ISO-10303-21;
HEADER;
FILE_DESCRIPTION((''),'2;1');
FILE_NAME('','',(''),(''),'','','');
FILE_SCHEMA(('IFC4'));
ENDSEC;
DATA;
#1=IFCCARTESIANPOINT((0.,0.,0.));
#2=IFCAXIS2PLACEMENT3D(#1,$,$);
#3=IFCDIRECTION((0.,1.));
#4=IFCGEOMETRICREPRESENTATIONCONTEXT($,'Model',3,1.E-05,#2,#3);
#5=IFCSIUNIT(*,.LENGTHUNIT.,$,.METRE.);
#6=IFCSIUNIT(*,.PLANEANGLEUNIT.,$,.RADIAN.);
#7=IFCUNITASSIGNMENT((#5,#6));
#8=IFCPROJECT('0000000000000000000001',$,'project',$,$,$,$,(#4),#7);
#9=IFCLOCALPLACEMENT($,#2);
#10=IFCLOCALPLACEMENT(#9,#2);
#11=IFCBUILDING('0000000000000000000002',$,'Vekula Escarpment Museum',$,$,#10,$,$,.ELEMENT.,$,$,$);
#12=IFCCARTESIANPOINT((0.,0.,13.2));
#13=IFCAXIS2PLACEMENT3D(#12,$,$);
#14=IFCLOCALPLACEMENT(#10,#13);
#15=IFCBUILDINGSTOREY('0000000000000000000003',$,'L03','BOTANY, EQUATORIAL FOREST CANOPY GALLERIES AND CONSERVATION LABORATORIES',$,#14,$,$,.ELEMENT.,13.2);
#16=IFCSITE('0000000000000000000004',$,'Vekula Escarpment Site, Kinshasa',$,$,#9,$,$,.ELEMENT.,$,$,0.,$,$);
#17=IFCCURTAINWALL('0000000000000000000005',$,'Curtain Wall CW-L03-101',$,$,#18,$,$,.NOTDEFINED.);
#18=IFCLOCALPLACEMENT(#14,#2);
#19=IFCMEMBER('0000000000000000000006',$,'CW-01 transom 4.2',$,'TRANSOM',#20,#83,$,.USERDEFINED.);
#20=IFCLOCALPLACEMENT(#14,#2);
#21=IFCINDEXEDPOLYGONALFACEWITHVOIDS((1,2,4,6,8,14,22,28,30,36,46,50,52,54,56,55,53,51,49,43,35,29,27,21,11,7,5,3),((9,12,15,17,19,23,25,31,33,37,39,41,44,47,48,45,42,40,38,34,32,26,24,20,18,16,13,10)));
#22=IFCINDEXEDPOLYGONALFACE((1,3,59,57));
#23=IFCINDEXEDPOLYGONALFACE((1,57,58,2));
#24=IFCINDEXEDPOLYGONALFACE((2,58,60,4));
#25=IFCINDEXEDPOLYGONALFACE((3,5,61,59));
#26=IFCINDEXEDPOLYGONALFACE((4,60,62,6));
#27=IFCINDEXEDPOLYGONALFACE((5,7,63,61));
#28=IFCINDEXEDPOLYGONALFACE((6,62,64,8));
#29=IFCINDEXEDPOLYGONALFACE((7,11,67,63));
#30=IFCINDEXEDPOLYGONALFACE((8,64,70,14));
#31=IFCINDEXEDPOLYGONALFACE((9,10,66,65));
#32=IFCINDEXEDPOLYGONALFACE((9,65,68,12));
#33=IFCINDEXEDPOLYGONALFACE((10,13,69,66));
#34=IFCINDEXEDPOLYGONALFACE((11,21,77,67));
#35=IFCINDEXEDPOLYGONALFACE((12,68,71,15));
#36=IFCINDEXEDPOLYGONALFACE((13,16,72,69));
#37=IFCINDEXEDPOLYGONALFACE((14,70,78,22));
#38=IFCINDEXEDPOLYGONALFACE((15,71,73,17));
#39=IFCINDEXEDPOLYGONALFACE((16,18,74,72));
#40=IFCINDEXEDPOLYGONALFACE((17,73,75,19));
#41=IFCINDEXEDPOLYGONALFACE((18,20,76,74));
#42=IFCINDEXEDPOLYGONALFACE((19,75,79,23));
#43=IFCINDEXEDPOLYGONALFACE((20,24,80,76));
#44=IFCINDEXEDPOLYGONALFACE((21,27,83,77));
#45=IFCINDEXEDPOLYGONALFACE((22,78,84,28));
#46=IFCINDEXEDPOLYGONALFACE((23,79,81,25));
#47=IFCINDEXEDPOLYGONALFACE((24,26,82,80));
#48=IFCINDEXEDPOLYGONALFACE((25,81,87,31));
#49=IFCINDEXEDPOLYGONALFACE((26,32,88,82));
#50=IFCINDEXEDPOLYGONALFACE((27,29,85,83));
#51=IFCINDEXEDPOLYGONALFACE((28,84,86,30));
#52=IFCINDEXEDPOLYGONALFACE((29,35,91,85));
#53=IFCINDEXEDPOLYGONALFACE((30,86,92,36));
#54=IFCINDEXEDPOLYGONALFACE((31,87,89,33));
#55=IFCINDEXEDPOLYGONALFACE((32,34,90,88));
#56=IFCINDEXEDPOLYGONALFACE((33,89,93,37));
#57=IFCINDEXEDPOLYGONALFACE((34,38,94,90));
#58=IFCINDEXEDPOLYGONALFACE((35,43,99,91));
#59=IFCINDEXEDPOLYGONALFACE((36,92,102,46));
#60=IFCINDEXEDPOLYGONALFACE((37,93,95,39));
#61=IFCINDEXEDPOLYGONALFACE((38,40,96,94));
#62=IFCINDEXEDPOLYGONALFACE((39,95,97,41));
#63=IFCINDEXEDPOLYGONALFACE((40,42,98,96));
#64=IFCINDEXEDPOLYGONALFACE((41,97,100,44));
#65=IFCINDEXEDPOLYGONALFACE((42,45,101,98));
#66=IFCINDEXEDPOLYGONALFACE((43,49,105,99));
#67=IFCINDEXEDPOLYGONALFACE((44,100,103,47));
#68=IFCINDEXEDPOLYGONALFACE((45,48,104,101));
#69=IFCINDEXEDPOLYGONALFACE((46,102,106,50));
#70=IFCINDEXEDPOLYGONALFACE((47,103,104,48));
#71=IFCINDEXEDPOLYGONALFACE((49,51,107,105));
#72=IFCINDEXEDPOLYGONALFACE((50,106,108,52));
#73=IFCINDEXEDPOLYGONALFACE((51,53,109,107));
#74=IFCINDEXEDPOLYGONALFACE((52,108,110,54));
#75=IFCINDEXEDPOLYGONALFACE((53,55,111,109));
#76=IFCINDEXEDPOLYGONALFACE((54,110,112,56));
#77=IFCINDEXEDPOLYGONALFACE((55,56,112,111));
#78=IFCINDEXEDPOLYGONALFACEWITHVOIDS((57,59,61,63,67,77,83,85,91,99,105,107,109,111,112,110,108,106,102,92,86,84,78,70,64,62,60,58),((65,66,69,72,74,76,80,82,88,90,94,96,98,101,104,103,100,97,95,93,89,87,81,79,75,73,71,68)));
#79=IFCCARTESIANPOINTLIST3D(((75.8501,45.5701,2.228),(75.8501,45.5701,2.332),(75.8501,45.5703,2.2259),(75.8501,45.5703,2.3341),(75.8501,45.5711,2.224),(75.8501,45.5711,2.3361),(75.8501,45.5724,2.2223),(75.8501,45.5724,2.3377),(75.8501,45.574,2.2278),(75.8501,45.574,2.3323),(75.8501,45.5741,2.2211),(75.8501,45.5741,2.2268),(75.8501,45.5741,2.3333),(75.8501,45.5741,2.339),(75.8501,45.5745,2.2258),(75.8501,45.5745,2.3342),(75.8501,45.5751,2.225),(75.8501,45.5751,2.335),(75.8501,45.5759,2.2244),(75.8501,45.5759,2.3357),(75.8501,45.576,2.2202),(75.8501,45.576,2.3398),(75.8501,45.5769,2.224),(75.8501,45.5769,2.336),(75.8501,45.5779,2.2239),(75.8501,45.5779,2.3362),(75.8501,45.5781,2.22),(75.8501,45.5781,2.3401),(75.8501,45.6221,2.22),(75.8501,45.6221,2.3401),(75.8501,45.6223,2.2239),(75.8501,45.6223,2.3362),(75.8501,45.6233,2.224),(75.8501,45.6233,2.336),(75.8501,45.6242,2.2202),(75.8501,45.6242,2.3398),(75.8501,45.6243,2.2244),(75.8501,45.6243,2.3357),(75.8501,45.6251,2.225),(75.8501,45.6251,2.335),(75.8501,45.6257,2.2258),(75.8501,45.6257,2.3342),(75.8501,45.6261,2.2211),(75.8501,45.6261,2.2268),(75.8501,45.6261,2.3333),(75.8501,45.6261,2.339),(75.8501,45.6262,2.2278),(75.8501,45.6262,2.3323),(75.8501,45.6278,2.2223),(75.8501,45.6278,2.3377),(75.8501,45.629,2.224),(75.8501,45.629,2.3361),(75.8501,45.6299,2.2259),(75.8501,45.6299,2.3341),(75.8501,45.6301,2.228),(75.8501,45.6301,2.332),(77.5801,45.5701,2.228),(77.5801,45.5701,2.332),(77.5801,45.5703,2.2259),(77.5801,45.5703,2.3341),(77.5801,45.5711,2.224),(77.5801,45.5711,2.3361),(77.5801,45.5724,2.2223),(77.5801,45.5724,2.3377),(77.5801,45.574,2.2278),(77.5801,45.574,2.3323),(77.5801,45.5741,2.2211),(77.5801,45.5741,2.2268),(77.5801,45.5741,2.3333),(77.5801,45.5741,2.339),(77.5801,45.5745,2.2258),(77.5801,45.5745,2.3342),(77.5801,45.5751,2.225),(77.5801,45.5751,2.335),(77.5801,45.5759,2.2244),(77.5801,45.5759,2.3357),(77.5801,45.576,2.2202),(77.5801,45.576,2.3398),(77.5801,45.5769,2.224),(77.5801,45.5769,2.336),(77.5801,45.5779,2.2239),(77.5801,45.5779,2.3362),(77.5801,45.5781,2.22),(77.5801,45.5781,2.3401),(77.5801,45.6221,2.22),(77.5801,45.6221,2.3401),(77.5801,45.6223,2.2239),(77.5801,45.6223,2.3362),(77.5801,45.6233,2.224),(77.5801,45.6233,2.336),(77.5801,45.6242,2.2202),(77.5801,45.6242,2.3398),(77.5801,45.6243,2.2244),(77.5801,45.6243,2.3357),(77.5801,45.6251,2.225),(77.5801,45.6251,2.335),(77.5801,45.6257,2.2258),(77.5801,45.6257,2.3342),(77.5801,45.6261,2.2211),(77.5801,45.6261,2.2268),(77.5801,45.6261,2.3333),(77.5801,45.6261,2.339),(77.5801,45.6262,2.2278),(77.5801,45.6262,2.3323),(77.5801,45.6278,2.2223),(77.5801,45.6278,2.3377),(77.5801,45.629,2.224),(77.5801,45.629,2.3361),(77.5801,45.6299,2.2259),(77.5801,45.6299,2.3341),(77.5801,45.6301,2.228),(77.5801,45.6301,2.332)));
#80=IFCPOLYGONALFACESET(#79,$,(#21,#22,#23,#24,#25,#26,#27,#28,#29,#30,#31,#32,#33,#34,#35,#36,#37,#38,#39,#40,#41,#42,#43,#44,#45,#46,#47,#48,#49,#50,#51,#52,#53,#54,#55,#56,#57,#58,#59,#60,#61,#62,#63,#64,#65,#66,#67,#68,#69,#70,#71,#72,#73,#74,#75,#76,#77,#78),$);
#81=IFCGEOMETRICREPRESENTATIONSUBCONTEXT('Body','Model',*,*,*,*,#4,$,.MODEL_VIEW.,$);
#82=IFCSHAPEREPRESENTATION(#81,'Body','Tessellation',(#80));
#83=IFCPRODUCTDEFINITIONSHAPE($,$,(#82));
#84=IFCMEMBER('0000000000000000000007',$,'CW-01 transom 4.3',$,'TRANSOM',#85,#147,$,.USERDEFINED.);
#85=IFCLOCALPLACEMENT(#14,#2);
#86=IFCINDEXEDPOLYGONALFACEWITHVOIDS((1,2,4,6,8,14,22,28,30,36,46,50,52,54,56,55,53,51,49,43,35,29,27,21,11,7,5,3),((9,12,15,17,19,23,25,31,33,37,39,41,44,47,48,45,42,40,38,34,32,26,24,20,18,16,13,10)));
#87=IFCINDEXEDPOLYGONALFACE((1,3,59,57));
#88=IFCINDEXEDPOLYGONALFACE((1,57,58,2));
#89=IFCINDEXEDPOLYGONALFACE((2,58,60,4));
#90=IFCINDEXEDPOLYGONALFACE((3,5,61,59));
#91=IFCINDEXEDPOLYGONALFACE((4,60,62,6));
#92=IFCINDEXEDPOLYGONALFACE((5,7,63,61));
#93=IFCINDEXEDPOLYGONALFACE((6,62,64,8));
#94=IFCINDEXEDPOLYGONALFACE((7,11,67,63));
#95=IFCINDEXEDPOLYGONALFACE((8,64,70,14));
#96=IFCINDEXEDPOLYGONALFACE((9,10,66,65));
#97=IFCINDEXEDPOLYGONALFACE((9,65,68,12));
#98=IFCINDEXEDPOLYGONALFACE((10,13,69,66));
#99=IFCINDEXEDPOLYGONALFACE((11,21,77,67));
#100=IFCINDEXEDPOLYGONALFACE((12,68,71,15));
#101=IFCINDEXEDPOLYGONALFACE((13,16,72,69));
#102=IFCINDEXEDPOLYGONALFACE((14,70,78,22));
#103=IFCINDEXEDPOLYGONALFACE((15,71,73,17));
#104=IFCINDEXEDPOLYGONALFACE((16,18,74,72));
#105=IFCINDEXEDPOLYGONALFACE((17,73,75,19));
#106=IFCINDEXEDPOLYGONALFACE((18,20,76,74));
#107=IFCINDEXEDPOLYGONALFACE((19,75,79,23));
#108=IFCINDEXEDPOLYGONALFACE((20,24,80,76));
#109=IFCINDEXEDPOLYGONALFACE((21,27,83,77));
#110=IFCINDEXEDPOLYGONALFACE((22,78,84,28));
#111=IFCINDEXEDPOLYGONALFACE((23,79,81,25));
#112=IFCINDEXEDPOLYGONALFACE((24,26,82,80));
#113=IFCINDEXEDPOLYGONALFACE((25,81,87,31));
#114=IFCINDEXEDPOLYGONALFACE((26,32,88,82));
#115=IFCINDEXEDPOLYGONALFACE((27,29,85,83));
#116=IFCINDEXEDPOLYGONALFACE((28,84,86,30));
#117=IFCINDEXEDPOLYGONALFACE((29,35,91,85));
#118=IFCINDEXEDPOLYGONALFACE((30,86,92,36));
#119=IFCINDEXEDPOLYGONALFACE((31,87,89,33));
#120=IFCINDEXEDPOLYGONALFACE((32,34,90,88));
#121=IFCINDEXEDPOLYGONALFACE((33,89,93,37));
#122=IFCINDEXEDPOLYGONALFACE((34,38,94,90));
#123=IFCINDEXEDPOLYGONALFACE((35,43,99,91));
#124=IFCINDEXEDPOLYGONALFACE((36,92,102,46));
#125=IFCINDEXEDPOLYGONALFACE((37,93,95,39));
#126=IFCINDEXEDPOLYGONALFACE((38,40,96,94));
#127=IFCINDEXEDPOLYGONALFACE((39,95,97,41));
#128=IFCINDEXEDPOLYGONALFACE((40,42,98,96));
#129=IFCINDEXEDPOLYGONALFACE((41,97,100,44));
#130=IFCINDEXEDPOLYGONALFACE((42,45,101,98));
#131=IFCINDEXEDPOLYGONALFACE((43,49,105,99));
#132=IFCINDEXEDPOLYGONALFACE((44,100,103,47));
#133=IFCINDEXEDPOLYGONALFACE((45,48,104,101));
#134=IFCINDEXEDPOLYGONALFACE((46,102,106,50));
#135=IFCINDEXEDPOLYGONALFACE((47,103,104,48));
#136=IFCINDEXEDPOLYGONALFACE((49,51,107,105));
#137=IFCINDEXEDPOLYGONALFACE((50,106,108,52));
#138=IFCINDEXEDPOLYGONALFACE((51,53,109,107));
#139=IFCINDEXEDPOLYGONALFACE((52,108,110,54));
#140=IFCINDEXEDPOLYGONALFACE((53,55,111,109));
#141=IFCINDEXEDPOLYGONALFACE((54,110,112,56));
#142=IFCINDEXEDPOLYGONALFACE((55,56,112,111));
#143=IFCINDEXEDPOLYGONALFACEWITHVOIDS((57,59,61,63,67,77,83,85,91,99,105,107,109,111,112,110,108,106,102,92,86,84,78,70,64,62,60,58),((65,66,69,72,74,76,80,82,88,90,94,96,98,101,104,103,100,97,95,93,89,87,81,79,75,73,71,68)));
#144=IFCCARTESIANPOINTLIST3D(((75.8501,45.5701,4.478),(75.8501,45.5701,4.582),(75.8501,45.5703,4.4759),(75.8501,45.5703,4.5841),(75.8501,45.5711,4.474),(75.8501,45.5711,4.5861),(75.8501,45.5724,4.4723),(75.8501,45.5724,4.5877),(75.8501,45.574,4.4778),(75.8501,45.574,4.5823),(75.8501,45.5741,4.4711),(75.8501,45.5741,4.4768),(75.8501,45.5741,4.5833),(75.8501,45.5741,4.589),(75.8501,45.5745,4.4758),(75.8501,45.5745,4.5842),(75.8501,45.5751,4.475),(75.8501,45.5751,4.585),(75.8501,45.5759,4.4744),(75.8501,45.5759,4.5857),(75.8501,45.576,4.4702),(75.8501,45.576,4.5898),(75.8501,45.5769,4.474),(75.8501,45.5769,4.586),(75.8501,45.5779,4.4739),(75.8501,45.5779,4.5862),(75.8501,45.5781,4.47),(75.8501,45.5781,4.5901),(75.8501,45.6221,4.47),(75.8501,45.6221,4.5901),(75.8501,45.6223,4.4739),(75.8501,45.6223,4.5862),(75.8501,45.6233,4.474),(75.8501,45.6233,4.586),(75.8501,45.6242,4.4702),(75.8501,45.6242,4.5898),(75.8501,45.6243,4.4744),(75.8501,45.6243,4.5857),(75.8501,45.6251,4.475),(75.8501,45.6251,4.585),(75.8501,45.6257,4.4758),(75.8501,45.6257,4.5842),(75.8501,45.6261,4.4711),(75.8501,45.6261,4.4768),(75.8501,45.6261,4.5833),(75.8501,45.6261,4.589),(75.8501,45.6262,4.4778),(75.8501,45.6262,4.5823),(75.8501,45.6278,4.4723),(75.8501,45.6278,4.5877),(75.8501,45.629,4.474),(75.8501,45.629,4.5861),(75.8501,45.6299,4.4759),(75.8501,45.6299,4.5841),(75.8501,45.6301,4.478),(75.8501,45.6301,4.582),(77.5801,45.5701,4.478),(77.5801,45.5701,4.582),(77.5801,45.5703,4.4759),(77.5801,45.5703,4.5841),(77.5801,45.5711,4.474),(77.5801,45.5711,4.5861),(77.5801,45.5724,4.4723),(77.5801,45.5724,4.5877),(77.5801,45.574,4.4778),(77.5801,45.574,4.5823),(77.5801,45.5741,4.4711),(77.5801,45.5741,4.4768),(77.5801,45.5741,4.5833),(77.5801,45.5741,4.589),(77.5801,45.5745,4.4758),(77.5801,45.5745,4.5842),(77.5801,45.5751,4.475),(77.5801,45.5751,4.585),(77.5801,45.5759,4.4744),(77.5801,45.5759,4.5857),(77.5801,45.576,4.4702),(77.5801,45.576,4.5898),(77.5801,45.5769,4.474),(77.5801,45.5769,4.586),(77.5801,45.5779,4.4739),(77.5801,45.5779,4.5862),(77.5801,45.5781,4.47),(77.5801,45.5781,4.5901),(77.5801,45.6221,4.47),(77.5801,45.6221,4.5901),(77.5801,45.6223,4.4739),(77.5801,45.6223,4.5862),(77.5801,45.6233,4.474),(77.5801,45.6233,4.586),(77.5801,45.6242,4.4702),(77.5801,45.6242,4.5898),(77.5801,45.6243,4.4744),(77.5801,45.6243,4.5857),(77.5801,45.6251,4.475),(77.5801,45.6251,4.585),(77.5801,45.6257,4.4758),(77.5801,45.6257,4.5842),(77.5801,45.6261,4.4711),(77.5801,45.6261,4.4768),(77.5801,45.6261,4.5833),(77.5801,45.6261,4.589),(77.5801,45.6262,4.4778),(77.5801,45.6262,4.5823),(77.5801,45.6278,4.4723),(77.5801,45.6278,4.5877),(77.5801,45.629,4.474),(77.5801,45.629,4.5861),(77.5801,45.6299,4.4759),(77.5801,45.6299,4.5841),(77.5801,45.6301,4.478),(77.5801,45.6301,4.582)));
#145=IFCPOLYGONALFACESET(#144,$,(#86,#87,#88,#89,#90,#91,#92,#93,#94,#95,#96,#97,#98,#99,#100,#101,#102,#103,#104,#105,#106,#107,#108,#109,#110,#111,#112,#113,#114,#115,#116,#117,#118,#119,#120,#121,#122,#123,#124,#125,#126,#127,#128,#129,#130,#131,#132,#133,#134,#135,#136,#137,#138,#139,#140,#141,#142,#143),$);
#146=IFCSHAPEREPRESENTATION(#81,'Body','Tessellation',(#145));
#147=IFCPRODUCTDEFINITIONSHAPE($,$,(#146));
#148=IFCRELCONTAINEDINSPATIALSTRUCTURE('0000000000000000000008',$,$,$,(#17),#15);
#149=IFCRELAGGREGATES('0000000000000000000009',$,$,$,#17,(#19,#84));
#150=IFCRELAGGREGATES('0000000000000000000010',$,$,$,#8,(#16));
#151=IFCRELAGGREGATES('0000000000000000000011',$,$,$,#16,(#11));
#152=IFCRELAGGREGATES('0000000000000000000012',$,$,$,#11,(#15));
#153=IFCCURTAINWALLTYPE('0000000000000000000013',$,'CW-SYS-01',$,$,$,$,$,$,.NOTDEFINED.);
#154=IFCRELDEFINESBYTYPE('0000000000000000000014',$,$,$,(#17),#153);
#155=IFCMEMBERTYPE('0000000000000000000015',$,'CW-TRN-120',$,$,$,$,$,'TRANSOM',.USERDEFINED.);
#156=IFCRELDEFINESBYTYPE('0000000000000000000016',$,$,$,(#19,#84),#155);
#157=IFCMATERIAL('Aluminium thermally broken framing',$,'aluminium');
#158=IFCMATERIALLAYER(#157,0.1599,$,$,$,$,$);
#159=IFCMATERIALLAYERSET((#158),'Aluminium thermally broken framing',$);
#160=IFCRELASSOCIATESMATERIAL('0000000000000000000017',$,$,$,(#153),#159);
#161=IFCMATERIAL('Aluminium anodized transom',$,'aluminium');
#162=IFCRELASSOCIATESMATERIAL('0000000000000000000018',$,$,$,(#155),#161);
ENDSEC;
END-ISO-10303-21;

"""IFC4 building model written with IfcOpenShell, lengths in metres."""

from ifc_helpers import new_model, si_unit, direction, frame, origin, origin_2d, place, context, subcontext, project, spatial, hollow_rectangle, extrude, material, layer, layer_set, material_profile, profile_set, type_object, element, aggregate, save


model = new_model("IFC4")

# Units and contexts
model_context = context("Model", 3, precision=1e-05, world=origin(), true_north=direction((0.0, 1.0)))
body_context = subcontext(model_context, "Body", "Model", "MODEL_VIEW")
ifc_project = project(units=[si_unit("LENGTHUNIT", "METRE"), si_unit("PLANEANGLEUNIT", "RADIAN")], contexts=[model_context])

# Site, building, storey
site_placement = place(None, origin())
site = spatial("IfcSite", under=ifc_project, at=site_placement, Name="Vekula Escarpment Site, Kinshasa", CompositionType="ELEMENT", RefElevation=0.0)
building_placement = place(site_placement, origin())
building = spatial("IfcBuilding", under=site, at=building_placement, Name="Vekula Escarpment Museum", CompositionType="ELEMENT")
storey_placement = place(building_placement, frame((0.0, 0.0, 13.2)))
storey = spatial("IfcBuildingStorey", under=building, at=storey_placement, Name="L03", Description="BOTANY, EQUATORIAL FOREST CANOPY GALLERIES AND CONSERVATION LABORATORIES", CompositionType="ELEMENT", Elevation=13.2)

# Curtain wall
ifc_material_1 = material(Name="Aluminium thermally broken framing", Category="aluminium")
ifc_layer_1 = layer(ifc_material_1, 0.1599)
ifc_layer_set_1 = layer_set([ifc_layer_1], Name="Aluminium thermally broken framing")
curtain_wall_type_1 = type_object("IfcCurtainWallType", Name="CW-SYS-01", PredefinedType="NOTDEFINED", material=ifc_layer_set_1)
curtain_wall_1_placement = place(storey_placement, origin())
curtain_wall_1 = element("IfcCurtainWall", 1, at=curtain_wall_1_placement, inside=storey, type_object=curtain_wall_type_1, Name="Curtain Wall CW-L03-101", PredefinedType="NOTDEFINED")

# Members
ifc_material_2 = material(Name="Aluminium anodized transom", Category="aluminium")
ifc_material_profile_1 = material_profile(ifc_material_2, hollow_rectangle(XDim=0.0601, YDim=0.1201, WallThickness=0.0039, InnerFilletRadius=0.0039, OuterFilletRadius=0.0081, at=origin_2d()), Name="ALU 120x60x4")
ifc_profile_set_1 = profile_set([ifc_material_profile_1], Name="Aluminium anodized transom")
member_type_1 = type_object("IfcMemberType", Name="CW-TRN-120", ElementType="TRANSOM", PredefinedType="USERDEFINED", material=ifc_profile_set_1)
member_1_placement = place(storey_placement, frame((75.8501, 45.6001, 2.28), z_axis=(1.0, 0.0, 0.0), x_axis=(0.0, 1.0, 0.0)))
member_1 = element("IfcMember", 2, at=member_1_placement, type_object=member_type_1, Name="CW-01 transom 4.2", ObjectType="TRANSOM", PredefinedType="USERDEFINED", context=body_context, shape_type="SweptSolid", body=[
    extrude(hollow_rectangle(XDim=0.0601, YDim=0.1201, WallThickness=0.0039, InnerFilletRadius=0.0039, OuterFilletRadius=0.0081, at=origin_2d()), origin(), (0.0, 0.0, 1.0), 1.73),
])
member_2_placement = place(storey_placement, frame((75.8501, 45.6001, 4.53), z_axis=(1.0, 0.0, 0.0), x_axis=(0.0, 1.0, 0.0)))
member_2 = element("IfcMember", 3, at=member_2_placement, type_object=member_type_1, Name="CW-01 transom 4.3", ObjectType="TRANSOM", PredefinedType="USERDEFINED", context=body_context, shape_type="SweptSolid", body=[
    extrude(hollow_rectangle(XDim=0.0601, YDim=0.1201, WallThickness=0.0039, InnerFilletRadius=0.0039, OuterFilletRadius=0.0081, at=origin_2d()), origin(), (0.0, 0.0, 1.0), 1.73),
])

aggregate(curtain_wall_1, [member_1, member_2])

save(model, "model.ifc")
